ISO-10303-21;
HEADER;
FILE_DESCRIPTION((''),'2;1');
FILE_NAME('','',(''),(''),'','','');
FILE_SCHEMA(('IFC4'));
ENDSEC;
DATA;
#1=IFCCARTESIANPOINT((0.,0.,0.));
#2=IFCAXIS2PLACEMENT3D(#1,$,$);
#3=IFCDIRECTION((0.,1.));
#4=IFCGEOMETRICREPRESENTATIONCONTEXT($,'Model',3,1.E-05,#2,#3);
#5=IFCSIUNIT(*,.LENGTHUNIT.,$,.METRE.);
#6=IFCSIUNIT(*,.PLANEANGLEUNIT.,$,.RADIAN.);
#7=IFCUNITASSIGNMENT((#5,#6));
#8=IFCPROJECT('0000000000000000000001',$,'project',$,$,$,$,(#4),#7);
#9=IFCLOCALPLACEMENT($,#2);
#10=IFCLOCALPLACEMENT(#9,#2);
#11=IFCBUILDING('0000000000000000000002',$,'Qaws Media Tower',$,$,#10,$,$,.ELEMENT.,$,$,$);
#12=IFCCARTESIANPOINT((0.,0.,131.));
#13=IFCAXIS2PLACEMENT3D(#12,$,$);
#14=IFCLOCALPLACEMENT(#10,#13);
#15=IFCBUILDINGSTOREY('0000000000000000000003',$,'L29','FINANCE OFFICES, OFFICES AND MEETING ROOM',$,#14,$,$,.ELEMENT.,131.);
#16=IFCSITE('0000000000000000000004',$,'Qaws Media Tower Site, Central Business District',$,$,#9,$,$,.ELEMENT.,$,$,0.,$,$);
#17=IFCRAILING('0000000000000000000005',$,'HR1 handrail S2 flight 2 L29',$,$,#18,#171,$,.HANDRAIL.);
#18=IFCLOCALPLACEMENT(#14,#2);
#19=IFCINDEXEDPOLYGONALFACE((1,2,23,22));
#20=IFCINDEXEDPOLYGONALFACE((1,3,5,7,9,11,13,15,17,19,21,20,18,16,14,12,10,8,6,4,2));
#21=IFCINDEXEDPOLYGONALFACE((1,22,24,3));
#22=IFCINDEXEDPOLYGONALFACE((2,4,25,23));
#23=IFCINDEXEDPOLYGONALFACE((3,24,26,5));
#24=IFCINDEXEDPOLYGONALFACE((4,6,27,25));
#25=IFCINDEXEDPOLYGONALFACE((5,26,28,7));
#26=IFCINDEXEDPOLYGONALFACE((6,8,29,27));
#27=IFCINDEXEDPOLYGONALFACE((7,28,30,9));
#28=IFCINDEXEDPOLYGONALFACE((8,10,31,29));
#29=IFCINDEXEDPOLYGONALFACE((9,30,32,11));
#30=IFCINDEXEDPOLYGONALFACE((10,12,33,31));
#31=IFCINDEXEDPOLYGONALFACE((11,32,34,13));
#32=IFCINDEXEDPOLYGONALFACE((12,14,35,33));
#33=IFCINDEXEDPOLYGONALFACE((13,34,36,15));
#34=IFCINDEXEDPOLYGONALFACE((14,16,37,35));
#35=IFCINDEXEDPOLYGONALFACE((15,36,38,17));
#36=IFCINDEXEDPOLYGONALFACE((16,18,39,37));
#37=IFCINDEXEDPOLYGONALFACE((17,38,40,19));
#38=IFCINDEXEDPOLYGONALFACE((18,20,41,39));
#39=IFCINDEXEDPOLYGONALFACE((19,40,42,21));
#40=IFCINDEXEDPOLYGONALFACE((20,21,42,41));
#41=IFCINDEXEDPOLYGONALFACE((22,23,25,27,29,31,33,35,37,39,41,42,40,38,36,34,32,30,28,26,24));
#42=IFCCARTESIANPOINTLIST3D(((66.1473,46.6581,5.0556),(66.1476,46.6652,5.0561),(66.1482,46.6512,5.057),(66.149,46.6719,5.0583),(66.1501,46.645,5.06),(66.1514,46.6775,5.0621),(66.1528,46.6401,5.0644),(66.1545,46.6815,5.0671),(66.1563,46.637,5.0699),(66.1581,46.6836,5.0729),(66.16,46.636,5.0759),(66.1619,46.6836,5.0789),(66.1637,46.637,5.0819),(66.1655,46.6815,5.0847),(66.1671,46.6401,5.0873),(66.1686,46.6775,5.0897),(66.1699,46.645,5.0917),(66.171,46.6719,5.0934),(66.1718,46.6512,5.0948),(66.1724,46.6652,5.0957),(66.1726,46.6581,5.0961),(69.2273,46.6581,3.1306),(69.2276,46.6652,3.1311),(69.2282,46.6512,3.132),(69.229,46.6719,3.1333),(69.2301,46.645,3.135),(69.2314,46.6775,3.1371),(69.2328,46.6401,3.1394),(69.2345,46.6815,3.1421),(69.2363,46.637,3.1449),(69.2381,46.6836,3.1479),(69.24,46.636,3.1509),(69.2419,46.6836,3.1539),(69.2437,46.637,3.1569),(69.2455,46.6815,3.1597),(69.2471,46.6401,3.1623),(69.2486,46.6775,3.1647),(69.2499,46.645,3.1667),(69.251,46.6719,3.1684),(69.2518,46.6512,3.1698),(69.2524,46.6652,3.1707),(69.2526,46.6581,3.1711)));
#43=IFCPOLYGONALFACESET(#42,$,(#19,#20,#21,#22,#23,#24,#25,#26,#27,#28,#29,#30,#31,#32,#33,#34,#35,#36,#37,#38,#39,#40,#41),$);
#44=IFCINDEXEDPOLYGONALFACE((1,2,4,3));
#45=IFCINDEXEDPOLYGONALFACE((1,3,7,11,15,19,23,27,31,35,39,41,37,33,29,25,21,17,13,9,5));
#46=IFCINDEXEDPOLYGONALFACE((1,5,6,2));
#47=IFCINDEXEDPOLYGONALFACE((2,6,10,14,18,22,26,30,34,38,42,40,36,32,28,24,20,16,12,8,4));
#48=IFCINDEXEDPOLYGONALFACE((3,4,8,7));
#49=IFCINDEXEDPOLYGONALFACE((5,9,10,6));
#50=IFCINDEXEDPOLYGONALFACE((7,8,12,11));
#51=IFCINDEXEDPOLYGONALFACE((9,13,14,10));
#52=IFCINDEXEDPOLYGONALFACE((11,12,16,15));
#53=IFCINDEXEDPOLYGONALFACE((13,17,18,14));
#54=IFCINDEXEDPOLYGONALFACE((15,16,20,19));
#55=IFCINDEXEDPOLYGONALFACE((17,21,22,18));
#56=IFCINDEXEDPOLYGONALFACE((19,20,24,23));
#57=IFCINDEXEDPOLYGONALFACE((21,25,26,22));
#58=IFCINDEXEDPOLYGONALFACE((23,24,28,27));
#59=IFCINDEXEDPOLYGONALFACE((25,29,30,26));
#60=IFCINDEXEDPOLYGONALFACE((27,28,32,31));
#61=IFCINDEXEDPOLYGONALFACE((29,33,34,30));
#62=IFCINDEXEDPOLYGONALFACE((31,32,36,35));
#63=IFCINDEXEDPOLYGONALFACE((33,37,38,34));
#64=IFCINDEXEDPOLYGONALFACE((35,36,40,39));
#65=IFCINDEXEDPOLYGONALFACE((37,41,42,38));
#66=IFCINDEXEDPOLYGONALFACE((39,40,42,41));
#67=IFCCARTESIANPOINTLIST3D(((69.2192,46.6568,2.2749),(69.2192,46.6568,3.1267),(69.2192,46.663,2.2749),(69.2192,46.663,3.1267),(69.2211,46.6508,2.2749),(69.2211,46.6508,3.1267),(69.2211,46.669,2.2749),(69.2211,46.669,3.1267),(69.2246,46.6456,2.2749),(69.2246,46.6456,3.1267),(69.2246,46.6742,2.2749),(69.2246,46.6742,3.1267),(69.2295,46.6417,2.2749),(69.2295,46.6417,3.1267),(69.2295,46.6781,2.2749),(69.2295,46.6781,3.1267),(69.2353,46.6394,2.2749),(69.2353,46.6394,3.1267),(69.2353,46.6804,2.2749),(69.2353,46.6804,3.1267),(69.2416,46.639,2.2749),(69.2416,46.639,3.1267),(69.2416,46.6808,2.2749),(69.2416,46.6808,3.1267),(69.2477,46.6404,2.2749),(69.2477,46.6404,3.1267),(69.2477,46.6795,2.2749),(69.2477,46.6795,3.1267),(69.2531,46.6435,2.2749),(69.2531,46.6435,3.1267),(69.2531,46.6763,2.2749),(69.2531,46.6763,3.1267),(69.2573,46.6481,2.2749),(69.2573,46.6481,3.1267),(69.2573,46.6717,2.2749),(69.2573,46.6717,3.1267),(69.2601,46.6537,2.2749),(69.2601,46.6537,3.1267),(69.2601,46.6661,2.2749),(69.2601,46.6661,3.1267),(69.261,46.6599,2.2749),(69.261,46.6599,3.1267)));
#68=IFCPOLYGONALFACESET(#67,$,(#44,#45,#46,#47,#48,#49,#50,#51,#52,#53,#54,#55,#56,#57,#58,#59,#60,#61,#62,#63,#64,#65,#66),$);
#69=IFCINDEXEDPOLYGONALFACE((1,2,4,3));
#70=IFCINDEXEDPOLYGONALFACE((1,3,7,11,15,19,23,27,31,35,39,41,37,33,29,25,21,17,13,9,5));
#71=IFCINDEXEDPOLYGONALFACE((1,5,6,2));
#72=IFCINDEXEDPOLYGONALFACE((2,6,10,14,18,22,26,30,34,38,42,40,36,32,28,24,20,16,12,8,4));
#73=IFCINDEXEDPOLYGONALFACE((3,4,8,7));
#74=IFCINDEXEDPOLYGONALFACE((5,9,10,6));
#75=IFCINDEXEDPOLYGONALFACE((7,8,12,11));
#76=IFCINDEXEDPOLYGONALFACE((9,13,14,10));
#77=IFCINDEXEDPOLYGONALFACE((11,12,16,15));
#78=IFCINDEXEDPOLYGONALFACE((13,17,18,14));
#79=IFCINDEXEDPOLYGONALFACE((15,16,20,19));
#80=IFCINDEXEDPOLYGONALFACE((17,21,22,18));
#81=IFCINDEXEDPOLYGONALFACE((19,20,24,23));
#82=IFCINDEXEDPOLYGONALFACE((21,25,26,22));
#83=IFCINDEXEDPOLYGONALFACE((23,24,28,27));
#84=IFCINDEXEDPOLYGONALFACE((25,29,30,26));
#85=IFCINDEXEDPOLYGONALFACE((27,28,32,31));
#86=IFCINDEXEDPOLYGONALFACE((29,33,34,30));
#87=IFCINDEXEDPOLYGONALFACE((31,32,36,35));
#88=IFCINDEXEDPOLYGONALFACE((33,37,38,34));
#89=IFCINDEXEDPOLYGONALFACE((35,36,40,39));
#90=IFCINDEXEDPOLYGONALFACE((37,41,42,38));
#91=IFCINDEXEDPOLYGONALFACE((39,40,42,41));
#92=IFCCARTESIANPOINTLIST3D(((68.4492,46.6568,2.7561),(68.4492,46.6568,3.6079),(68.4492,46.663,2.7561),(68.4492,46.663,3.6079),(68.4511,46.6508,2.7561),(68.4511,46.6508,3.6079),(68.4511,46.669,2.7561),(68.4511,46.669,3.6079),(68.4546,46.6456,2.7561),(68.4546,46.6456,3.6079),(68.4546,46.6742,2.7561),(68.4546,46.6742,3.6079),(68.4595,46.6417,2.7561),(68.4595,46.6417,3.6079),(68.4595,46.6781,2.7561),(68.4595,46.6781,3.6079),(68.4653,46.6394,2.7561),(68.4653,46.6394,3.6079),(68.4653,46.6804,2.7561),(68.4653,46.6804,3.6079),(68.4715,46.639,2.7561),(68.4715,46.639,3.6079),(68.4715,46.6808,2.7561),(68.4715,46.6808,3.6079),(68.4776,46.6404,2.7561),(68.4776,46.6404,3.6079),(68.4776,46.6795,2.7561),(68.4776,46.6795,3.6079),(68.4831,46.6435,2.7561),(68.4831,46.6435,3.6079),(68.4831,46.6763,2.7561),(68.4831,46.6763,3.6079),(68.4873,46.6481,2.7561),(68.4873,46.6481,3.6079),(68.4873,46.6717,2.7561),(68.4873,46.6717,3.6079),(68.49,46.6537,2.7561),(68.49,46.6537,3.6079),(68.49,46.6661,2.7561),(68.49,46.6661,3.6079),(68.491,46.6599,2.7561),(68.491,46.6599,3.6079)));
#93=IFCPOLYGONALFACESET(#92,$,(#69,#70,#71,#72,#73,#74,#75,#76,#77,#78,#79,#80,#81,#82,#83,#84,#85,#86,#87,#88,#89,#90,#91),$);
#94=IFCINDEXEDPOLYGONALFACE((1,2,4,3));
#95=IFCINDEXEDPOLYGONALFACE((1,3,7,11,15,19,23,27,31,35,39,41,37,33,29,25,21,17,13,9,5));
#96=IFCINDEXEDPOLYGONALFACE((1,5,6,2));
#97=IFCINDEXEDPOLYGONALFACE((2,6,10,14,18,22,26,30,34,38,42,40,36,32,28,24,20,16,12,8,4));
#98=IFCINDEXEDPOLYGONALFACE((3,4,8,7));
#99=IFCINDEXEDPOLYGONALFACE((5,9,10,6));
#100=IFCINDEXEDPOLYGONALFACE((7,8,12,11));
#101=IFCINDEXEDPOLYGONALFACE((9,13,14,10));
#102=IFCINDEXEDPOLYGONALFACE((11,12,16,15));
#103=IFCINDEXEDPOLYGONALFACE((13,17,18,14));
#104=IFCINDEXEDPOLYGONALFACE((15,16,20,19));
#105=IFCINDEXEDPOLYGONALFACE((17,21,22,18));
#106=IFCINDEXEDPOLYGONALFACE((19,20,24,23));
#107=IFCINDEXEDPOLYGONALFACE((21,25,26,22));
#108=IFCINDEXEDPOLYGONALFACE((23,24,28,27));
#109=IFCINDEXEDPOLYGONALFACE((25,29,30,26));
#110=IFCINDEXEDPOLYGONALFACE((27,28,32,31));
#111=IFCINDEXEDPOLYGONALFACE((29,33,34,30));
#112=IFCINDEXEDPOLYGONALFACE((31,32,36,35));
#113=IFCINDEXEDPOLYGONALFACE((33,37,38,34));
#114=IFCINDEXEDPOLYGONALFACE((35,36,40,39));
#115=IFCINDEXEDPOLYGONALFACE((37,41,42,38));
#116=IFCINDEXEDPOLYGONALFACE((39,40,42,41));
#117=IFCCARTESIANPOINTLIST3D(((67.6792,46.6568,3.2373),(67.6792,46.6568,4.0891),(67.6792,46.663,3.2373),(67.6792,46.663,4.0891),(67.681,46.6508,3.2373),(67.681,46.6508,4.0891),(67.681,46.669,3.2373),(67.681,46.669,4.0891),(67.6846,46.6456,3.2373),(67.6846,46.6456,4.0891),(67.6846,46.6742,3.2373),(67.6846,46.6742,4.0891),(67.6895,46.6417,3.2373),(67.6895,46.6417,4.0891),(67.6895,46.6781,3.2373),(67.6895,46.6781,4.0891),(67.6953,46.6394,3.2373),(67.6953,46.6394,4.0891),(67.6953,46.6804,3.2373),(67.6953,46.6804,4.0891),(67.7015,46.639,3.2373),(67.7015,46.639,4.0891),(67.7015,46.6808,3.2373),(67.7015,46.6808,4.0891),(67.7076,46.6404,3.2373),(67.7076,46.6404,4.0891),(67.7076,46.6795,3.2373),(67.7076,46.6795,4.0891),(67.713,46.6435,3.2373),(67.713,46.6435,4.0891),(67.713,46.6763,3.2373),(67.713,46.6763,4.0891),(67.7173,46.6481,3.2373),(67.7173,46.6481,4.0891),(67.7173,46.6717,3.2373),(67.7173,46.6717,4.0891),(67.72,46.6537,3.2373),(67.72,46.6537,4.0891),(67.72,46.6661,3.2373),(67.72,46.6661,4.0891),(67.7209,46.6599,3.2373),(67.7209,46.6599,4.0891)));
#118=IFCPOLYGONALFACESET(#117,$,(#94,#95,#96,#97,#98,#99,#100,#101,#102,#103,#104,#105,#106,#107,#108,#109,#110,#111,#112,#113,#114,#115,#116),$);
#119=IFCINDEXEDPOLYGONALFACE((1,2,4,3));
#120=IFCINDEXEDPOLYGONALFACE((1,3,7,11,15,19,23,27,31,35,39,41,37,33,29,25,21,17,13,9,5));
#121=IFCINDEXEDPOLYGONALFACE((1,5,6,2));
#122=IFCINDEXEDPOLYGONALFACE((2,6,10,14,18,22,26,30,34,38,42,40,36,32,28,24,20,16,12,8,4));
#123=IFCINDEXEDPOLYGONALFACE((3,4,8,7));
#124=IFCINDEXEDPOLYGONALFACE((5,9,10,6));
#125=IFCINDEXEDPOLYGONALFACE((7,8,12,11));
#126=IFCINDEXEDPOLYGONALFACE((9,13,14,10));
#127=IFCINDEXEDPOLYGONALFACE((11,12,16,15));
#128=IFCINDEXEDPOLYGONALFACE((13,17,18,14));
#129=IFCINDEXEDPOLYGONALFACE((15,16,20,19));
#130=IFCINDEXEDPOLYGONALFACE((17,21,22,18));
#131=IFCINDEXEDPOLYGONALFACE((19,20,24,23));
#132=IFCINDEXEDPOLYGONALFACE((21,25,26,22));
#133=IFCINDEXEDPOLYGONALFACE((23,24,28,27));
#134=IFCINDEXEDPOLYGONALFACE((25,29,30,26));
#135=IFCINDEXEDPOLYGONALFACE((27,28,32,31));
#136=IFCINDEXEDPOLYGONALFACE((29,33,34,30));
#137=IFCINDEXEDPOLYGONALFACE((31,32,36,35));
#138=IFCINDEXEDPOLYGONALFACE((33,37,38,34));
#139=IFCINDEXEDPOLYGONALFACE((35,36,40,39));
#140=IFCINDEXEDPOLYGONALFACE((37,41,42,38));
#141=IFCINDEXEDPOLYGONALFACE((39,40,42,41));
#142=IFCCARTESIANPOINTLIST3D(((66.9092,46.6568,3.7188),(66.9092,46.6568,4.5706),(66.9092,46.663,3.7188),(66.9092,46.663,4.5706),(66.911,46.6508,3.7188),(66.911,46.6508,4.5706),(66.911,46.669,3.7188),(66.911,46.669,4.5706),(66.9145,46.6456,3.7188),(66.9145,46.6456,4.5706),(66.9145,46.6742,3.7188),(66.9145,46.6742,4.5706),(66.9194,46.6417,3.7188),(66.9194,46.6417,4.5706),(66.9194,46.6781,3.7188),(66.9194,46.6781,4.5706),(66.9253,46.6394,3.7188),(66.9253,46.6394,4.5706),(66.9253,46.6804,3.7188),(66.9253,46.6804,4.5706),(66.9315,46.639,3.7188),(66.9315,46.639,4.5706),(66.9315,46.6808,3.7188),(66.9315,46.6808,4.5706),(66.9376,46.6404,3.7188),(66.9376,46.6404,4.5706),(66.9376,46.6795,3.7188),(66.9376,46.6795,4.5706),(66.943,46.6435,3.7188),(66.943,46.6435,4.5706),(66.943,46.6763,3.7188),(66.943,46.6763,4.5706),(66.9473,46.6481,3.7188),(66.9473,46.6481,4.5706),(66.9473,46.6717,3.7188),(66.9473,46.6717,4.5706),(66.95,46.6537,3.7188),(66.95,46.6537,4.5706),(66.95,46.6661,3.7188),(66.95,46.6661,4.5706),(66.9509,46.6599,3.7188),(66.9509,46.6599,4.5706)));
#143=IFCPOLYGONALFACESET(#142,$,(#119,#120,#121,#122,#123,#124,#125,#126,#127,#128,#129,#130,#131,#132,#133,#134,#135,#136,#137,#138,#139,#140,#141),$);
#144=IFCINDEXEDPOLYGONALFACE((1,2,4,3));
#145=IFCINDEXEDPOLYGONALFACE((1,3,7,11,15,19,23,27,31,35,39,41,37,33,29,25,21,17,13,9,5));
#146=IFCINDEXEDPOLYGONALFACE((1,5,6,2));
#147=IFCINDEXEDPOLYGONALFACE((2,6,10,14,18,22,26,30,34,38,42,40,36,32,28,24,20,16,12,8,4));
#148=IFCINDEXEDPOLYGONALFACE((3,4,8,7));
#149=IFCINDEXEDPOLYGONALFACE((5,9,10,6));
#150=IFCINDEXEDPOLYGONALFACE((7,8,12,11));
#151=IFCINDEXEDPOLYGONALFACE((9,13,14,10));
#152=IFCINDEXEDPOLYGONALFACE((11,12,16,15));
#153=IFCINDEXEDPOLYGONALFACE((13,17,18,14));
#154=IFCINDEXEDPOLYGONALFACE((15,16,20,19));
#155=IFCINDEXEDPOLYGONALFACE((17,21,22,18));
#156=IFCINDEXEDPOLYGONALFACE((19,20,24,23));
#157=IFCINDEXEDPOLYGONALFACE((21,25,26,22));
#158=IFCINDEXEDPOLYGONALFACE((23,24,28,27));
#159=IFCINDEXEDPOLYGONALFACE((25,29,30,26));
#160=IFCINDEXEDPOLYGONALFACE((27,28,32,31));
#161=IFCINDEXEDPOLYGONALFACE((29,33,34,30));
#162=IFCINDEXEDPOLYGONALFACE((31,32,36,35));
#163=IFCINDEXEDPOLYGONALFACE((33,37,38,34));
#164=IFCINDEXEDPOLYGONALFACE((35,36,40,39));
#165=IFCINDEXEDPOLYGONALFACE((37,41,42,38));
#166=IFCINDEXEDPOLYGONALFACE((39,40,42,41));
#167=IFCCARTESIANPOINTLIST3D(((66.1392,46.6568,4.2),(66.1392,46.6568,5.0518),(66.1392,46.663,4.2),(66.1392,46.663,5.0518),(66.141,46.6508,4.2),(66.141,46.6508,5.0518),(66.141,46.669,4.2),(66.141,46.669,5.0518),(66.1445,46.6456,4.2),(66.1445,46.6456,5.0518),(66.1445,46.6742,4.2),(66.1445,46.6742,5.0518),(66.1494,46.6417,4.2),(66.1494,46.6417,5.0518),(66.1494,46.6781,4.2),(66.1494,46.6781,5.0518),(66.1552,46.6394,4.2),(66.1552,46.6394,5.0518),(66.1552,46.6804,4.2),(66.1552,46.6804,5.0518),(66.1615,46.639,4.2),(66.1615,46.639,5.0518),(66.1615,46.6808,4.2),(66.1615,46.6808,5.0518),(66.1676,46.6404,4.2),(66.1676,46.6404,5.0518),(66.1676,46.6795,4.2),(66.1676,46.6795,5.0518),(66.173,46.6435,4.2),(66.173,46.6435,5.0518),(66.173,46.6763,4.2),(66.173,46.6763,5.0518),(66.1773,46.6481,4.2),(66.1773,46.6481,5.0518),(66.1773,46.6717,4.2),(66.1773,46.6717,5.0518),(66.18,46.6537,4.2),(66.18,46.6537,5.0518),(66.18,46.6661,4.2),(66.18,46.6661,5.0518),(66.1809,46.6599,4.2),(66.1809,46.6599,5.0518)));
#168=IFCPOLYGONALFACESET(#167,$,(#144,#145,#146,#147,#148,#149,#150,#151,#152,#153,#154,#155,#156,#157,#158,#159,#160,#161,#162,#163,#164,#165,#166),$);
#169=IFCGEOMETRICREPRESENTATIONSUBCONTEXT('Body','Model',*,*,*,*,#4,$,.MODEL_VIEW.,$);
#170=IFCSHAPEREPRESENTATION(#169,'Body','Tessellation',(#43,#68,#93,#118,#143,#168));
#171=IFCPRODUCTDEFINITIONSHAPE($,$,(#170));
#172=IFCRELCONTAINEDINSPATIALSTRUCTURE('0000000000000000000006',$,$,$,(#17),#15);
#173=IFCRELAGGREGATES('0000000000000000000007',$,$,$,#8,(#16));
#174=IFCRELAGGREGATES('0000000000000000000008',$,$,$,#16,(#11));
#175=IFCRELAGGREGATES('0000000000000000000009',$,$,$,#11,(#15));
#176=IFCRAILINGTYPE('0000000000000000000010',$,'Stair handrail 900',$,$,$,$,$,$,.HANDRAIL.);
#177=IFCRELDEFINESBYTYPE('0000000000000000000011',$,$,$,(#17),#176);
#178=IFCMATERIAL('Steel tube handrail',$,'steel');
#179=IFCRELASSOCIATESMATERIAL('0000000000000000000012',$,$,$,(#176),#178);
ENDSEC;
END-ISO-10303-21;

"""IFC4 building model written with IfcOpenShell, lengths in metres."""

from ifc_helpers import new_model, si_unit, direction, frame, origin, origin_2d, place, context, subcontext, project, spatial, circle, extrude, material, type_object, element, save


model = new_model("IFC4")

# Units and contexts
model_context = context("Model", 3, precision=1e-05, world=origin(), true_north=direction((0.0, 1.0)))
body_context = subcontext(model_context, "Body", "Model", "MODEL_VIEW")
ifc_project = project(units=[si_unit("LENGTHUNIT", "METRE"), si_unit("PLANEANGLEUNIT", "RADIAN")], contexts=[model_context])

# Site, building, storey
site_placement = place(None, origin())
site = spatial("IfcSite", under=ifc_project, at=site_placement, Name="Qaws Media Tower Site, Central Business District", CompositionType="ELEMENT", RefElevation=0.0)
building_placement = place(site_placement, origin())
building = spatial("IfcBuilding", under=site, at=building_placement, Name="Qaws Media Tower", CompositionType="ELEMENT")
storey_placement = place(building_placement, frame((0.0, 0.0, 131.0)))
storey = spatial("IfcBuildingStorey", under=building, at=storey_placement, Name="L29", Description="FINANCE OFFICES, OFFICES AND MEETING ROOM", CompositionType="ELEMENT", Elevation=131.0)

# Railing
ifc_material_1 = material(Name="Steel tube handrail", Category="steel")
railing_type = type_object("IfcRailingType", Name="Stair handrail 900", PredefinedType="HANDRAIL", material=ifc_material_1)
for number, where, name in (
    (1, (69.24, 46.6599, 2.2749), "HR1 handrail S2 flight 2 L29"),
):
    element("IfcRailing", number, at=place(storey_placement, frame(where)), inside=storey, type_object=railing_type, Name=name, PredefinedType="HANDRAIL", context=body_context, shape_type="SweptSolid", body=[
        extrude(circle(Radius=0.0239, at=origin_2d()), frame((0.0, 0.0, 0.876), z_axis=(-0.847998, 0.0, 0.529999), x_axis=(0.0, -1.0, 0.0)), (0.0, 0.0, 1.0), 3.6321),
        extrude(circle(Radius=0.021, at=origin_2d()), origin(), (0.0, 0.0, 1.0), 0.8518),
        extrude(circle(Radius=0.021, at=origin_2d()), frame((-0.77, 0.0, 0.4812)), (0.0, 0.0, 1.0), 0.8518),
        extrude(circle(Radius=0.021, at=origin_2d()), frame((-1.54, 0.0, 0.9624)), (0.0, 0.0, 1.0), 0.8518),
        extrude(circle(Radius=0.021, at=origin_2d()), frame((-2.3101, 0.0, 1.4438)), (0.0, 0.0, 1.0), 0.8518),
        extrude(circle(Radius=0.021, at=origin_2d()), frame((-3.0801, 0.0, 1.925)), (0.0, 0.0, 1.0), 0.8518),
    ])

save(model, "model.ifc")
